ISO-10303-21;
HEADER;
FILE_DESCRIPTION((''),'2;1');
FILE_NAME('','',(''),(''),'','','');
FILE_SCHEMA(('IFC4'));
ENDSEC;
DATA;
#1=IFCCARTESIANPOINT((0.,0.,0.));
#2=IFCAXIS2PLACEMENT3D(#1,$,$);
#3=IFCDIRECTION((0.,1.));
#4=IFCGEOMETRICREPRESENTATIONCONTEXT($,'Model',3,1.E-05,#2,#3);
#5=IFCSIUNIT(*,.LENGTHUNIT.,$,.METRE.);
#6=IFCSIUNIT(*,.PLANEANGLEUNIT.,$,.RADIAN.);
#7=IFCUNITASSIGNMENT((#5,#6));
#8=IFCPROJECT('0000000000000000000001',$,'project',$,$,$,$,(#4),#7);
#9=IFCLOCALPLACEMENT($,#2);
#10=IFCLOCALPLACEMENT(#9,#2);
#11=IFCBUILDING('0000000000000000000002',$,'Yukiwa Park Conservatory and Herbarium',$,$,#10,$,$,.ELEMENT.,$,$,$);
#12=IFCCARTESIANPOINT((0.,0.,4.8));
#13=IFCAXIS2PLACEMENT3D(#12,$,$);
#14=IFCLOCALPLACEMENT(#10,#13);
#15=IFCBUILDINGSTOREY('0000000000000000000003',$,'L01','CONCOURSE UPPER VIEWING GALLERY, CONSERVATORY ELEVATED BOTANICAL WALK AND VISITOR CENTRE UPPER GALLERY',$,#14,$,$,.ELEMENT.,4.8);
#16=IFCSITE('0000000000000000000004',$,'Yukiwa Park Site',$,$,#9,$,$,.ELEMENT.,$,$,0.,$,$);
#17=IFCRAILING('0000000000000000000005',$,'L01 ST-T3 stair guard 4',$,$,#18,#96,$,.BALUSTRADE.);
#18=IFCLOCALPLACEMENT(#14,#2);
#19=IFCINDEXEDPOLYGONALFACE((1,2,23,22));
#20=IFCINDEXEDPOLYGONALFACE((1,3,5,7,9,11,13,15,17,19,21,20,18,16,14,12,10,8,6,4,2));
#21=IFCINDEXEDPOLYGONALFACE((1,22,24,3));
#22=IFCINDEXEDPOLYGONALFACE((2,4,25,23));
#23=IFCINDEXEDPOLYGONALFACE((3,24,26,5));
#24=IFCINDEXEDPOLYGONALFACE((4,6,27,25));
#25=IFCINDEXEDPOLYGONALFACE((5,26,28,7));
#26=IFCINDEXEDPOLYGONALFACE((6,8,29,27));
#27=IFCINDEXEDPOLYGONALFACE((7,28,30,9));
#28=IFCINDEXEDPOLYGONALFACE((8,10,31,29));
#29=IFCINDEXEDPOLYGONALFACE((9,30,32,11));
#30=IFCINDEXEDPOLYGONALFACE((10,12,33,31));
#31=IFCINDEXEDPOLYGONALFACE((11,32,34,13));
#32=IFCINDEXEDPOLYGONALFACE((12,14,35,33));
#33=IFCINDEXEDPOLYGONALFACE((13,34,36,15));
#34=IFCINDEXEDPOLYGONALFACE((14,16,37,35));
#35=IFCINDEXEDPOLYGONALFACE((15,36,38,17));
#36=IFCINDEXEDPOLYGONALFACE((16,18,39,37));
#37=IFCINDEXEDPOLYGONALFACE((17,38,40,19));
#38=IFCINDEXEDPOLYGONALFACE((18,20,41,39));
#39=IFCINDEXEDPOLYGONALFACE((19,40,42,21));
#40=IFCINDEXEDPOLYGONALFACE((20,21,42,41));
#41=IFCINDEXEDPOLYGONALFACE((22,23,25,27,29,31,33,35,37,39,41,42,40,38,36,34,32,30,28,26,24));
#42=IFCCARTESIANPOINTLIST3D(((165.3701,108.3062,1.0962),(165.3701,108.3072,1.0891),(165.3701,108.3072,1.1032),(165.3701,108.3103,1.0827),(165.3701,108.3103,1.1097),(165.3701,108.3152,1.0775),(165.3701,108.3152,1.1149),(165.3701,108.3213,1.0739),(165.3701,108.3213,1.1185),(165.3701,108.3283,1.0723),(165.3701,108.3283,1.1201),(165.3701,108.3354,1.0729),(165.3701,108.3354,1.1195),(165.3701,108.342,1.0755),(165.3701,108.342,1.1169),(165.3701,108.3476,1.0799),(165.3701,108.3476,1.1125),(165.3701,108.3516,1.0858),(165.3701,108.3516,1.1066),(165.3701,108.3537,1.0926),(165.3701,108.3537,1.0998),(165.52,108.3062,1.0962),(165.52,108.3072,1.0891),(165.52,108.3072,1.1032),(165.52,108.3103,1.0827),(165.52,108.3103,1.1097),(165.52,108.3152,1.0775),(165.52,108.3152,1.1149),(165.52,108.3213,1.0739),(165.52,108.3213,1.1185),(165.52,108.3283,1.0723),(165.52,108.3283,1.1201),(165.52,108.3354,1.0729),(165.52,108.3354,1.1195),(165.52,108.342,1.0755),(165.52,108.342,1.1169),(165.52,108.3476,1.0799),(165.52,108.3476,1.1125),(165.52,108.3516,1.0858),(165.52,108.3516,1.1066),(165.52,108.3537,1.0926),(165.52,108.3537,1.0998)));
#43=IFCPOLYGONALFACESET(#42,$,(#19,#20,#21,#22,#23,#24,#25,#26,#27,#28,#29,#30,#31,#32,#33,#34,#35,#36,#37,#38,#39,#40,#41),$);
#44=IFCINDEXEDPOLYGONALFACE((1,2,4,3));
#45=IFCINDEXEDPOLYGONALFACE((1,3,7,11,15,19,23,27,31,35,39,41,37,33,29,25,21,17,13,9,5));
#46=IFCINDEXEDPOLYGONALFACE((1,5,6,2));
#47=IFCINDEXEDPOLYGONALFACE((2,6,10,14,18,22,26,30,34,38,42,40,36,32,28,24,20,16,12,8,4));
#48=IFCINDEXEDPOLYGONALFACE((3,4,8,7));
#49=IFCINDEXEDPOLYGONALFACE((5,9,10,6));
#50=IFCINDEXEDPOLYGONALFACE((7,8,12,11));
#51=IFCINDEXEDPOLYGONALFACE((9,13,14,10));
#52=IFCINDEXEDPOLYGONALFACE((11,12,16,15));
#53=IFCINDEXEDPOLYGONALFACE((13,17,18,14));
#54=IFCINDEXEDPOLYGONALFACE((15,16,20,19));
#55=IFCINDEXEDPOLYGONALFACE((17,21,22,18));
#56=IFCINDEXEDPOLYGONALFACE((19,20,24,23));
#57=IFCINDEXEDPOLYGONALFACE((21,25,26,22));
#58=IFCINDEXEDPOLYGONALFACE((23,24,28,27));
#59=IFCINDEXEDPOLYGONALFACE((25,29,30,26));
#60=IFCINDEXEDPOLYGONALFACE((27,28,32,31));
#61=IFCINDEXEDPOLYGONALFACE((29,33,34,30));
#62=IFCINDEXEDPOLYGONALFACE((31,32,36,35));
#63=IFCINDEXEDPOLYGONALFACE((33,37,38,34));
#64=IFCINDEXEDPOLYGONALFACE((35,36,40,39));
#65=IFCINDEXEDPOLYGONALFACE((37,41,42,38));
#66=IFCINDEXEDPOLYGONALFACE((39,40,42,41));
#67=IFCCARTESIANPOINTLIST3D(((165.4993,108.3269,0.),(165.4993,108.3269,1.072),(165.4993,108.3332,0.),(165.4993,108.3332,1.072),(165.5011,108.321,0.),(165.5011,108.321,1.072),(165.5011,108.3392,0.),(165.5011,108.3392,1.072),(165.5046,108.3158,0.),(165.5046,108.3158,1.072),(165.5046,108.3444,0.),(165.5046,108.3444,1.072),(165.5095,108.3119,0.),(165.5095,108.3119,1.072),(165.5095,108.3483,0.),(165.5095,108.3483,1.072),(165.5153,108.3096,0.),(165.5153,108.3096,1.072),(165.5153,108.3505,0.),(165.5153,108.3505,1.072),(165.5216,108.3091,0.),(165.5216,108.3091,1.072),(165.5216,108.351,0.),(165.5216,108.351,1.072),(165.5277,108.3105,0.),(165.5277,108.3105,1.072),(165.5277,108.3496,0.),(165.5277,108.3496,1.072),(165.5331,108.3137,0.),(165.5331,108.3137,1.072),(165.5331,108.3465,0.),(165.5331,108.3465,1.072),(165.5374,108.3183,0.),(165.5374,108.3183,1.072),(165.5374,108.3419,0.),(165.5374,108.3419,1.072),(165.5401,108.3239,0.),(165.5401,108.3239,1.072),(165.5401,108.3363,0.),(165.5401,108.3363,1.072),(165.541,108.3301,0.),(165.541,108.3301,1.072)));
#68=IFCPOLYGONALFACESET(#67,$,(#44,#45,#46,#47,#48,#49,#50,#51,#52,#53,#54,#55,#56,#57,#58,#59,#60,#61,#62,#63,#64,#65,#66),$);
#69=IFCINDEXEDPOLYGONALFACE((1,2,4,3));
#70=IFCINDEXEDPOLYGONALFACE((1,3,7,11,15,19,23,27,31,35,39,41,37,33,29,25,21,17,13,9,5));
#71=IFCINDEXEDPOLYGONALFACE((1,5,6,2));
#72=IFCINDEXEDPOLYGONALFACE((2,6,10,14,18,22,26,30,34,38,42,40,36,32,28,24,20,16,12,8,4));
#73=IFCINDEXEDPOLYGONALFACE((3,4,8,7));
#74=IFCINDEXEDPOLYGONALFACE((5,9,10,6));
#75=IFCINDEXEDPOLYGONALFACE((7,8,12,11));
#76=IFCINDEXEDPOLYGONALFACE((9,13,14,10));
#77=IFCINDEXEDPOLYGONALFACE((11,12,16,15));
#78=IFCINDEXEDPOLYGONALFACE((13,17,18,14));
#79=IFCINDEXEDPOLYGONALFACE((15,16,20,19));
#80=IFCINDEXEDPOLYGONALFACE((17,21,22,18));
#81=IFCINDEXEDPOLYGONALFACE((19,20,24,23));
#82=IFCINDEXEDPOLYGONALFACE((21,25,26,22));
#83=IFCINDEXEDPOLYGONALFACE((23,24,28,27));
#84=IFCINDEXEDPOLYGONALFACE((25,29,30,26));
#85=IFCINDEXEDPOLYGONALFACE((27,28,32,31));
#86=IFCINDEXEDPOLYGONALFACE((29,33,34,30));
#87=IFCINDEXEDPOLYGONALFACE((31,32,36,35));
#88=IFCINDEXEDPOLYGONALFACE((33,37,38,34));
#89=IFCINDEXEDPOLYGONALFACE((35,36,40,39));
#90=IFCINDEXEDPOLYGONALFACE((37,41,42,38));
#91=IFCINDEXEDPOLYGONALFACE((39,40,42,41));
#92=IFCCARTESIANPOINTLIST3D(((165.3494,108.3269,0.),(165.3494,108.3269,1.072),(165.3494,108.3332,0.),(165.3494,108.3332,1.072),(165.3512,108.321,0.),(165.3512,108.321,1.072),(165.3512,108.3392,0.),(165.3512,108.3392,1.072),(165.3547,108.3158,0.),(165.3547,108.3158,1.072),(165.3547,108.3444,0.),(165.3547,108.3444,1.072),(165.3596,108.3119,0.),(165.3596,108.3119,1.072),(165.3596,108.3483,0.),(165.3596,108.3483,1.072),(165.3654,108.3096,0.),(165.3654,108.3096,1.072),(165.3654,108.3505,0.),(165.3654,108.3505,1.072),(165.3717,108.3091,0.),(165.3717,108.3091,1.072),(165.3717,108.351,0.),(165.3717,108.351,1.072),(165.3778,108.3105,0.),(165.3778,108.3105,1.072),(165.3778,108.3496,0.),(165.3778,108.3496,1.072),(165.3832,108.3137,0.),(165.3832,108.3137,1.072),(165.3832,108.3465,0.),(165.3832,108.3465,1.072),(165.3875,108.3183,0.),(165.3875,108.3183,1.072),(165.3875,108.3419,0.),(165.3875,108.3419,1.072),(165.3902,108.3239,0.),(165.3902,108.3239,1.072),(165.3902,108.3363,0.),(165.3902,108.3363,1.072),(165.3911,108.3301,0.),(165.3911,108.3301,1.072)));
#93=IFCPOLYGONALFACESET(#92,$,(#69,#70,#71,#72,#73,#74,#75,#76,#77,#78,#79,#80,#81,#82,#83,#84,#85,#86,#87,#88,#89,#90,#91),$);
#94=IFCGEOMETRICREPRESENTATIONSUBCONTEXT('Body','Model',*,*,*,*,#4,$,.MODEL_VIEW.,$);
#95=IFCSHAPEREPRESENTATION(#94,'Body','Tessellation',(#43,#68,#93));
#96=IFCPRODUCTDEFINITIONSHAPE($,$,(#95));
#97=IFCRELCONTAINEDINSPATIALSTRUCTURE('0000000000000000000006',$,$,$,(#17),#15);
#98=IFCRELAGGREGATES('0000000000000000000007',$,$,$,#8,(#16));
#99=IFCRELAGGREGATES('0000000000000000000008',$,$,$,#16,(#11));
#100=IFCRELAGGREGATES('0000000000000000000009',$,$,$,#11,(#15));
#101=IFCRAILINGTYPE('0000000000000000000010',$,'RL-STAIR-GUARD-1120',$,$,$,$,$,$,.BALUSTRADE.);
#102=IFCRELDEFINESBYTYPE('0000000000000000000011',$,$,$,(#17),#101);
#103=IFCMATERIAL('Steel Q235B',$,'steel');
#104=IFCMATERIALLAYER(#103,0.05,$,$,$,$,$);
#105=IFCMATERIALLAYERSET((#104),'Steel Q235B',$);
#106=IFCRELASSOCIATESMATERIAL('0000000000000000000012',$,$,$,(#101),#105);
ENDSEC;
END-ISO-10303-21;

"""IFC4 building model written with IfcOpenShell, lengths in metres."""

from ifc_helpers import new_model, si_unit, direction, frame, origin, origin_2d, place, context, subcontext, project, spatial, circle, extrude, material, layer, layer_set, type_object, element, save


model = new_model("IFC4")

# Units and contexts
model_context = context("Model", 3, precision=1e-05, world=origin(), true_north=direction((0.0, 1.0)))
body_context = subcontext(model_context, "Body", "Model", "MODEL_VIEW")
ifc_project = project(units=[si_unit("LENGTHUNIT", "METRE"), si_unit("PLANEANGLEUNIT", "RADIAN")], contexts=[model_context])

# Site, building, storey
site_placement = place(None, origin())
site = spatial("IfcSite", under=ifc_project, at=site_placement, Name="Yukiwa Park Site", CompositionType="ELEMENT", RefElevation=0.0)
building_placement = place(site_placement, origin())
building = spatial("IfcBuilding", under=site, at=building_placement, Name="Yukiwa Park Conservatory and Herbarium", CompositionType="ELEMENT")
storey_placement = place(building_placement, frame((0.0, 0.0, 4.8)))
storey = spatial("IfcBuildingStorey", under=building, at=storey_placement, Name="L01", Description="CONCOURSE UPPER VIEWING GALLERY, CONSERVATORY ELEVATED BOTANICAL WALK AND VISITOR CENTRE UPPER GALLERY", CompositionType="ELEMENT", Elevation=4.8)

# Railing
ifc_material_1 = material(Name="Steel Q235B", Category="steel")
ifc_layer_1 = layer(ifc_material_1, 0.05)
ifc_layer_set_1 = layer_set([ifc_layer_1], Name="Steel Q235B")
railing_type_1 = type_object("IfcRailingType", Name="RL-STAIR-GUARD-1120", PredefinedType="BALUSTRADE", material=ifc_layer_set_1)
railing_1_placement = place(storey_placement, frame((165.52, 108.3301, 0.0)))
element("IfcRailing", 1, at=railing_1_placement, inside=storey, type_object=railing_type_1, Name="L01 ST-T3 stair guard 4", PredefinedType="BALUSTRADE", context=body_context, shape_type="SweptSolid", body=[
    extrude(circle(Radius=0.0239, at=origin_2d()), frame((0.0, 0.0, 1.0962), z_axis=(-1.0, 0.0, 0.0), x_axis=(0.0, -1.0, 0.0)), (0.0, 0.0, 1.0), 0.1499),
    extrude(circle(Radius=0.021, at=origin_2d()), origin(), (0.0, 0.0, 1.0), 1.072),
    extrude(circle(Radius=0.021, at=origin_2d()), frame((-0.1499, 0.0, 0.0)), (0.0, 0.0, 1.0), 1.072),
])

save(model, "model.ifc")
